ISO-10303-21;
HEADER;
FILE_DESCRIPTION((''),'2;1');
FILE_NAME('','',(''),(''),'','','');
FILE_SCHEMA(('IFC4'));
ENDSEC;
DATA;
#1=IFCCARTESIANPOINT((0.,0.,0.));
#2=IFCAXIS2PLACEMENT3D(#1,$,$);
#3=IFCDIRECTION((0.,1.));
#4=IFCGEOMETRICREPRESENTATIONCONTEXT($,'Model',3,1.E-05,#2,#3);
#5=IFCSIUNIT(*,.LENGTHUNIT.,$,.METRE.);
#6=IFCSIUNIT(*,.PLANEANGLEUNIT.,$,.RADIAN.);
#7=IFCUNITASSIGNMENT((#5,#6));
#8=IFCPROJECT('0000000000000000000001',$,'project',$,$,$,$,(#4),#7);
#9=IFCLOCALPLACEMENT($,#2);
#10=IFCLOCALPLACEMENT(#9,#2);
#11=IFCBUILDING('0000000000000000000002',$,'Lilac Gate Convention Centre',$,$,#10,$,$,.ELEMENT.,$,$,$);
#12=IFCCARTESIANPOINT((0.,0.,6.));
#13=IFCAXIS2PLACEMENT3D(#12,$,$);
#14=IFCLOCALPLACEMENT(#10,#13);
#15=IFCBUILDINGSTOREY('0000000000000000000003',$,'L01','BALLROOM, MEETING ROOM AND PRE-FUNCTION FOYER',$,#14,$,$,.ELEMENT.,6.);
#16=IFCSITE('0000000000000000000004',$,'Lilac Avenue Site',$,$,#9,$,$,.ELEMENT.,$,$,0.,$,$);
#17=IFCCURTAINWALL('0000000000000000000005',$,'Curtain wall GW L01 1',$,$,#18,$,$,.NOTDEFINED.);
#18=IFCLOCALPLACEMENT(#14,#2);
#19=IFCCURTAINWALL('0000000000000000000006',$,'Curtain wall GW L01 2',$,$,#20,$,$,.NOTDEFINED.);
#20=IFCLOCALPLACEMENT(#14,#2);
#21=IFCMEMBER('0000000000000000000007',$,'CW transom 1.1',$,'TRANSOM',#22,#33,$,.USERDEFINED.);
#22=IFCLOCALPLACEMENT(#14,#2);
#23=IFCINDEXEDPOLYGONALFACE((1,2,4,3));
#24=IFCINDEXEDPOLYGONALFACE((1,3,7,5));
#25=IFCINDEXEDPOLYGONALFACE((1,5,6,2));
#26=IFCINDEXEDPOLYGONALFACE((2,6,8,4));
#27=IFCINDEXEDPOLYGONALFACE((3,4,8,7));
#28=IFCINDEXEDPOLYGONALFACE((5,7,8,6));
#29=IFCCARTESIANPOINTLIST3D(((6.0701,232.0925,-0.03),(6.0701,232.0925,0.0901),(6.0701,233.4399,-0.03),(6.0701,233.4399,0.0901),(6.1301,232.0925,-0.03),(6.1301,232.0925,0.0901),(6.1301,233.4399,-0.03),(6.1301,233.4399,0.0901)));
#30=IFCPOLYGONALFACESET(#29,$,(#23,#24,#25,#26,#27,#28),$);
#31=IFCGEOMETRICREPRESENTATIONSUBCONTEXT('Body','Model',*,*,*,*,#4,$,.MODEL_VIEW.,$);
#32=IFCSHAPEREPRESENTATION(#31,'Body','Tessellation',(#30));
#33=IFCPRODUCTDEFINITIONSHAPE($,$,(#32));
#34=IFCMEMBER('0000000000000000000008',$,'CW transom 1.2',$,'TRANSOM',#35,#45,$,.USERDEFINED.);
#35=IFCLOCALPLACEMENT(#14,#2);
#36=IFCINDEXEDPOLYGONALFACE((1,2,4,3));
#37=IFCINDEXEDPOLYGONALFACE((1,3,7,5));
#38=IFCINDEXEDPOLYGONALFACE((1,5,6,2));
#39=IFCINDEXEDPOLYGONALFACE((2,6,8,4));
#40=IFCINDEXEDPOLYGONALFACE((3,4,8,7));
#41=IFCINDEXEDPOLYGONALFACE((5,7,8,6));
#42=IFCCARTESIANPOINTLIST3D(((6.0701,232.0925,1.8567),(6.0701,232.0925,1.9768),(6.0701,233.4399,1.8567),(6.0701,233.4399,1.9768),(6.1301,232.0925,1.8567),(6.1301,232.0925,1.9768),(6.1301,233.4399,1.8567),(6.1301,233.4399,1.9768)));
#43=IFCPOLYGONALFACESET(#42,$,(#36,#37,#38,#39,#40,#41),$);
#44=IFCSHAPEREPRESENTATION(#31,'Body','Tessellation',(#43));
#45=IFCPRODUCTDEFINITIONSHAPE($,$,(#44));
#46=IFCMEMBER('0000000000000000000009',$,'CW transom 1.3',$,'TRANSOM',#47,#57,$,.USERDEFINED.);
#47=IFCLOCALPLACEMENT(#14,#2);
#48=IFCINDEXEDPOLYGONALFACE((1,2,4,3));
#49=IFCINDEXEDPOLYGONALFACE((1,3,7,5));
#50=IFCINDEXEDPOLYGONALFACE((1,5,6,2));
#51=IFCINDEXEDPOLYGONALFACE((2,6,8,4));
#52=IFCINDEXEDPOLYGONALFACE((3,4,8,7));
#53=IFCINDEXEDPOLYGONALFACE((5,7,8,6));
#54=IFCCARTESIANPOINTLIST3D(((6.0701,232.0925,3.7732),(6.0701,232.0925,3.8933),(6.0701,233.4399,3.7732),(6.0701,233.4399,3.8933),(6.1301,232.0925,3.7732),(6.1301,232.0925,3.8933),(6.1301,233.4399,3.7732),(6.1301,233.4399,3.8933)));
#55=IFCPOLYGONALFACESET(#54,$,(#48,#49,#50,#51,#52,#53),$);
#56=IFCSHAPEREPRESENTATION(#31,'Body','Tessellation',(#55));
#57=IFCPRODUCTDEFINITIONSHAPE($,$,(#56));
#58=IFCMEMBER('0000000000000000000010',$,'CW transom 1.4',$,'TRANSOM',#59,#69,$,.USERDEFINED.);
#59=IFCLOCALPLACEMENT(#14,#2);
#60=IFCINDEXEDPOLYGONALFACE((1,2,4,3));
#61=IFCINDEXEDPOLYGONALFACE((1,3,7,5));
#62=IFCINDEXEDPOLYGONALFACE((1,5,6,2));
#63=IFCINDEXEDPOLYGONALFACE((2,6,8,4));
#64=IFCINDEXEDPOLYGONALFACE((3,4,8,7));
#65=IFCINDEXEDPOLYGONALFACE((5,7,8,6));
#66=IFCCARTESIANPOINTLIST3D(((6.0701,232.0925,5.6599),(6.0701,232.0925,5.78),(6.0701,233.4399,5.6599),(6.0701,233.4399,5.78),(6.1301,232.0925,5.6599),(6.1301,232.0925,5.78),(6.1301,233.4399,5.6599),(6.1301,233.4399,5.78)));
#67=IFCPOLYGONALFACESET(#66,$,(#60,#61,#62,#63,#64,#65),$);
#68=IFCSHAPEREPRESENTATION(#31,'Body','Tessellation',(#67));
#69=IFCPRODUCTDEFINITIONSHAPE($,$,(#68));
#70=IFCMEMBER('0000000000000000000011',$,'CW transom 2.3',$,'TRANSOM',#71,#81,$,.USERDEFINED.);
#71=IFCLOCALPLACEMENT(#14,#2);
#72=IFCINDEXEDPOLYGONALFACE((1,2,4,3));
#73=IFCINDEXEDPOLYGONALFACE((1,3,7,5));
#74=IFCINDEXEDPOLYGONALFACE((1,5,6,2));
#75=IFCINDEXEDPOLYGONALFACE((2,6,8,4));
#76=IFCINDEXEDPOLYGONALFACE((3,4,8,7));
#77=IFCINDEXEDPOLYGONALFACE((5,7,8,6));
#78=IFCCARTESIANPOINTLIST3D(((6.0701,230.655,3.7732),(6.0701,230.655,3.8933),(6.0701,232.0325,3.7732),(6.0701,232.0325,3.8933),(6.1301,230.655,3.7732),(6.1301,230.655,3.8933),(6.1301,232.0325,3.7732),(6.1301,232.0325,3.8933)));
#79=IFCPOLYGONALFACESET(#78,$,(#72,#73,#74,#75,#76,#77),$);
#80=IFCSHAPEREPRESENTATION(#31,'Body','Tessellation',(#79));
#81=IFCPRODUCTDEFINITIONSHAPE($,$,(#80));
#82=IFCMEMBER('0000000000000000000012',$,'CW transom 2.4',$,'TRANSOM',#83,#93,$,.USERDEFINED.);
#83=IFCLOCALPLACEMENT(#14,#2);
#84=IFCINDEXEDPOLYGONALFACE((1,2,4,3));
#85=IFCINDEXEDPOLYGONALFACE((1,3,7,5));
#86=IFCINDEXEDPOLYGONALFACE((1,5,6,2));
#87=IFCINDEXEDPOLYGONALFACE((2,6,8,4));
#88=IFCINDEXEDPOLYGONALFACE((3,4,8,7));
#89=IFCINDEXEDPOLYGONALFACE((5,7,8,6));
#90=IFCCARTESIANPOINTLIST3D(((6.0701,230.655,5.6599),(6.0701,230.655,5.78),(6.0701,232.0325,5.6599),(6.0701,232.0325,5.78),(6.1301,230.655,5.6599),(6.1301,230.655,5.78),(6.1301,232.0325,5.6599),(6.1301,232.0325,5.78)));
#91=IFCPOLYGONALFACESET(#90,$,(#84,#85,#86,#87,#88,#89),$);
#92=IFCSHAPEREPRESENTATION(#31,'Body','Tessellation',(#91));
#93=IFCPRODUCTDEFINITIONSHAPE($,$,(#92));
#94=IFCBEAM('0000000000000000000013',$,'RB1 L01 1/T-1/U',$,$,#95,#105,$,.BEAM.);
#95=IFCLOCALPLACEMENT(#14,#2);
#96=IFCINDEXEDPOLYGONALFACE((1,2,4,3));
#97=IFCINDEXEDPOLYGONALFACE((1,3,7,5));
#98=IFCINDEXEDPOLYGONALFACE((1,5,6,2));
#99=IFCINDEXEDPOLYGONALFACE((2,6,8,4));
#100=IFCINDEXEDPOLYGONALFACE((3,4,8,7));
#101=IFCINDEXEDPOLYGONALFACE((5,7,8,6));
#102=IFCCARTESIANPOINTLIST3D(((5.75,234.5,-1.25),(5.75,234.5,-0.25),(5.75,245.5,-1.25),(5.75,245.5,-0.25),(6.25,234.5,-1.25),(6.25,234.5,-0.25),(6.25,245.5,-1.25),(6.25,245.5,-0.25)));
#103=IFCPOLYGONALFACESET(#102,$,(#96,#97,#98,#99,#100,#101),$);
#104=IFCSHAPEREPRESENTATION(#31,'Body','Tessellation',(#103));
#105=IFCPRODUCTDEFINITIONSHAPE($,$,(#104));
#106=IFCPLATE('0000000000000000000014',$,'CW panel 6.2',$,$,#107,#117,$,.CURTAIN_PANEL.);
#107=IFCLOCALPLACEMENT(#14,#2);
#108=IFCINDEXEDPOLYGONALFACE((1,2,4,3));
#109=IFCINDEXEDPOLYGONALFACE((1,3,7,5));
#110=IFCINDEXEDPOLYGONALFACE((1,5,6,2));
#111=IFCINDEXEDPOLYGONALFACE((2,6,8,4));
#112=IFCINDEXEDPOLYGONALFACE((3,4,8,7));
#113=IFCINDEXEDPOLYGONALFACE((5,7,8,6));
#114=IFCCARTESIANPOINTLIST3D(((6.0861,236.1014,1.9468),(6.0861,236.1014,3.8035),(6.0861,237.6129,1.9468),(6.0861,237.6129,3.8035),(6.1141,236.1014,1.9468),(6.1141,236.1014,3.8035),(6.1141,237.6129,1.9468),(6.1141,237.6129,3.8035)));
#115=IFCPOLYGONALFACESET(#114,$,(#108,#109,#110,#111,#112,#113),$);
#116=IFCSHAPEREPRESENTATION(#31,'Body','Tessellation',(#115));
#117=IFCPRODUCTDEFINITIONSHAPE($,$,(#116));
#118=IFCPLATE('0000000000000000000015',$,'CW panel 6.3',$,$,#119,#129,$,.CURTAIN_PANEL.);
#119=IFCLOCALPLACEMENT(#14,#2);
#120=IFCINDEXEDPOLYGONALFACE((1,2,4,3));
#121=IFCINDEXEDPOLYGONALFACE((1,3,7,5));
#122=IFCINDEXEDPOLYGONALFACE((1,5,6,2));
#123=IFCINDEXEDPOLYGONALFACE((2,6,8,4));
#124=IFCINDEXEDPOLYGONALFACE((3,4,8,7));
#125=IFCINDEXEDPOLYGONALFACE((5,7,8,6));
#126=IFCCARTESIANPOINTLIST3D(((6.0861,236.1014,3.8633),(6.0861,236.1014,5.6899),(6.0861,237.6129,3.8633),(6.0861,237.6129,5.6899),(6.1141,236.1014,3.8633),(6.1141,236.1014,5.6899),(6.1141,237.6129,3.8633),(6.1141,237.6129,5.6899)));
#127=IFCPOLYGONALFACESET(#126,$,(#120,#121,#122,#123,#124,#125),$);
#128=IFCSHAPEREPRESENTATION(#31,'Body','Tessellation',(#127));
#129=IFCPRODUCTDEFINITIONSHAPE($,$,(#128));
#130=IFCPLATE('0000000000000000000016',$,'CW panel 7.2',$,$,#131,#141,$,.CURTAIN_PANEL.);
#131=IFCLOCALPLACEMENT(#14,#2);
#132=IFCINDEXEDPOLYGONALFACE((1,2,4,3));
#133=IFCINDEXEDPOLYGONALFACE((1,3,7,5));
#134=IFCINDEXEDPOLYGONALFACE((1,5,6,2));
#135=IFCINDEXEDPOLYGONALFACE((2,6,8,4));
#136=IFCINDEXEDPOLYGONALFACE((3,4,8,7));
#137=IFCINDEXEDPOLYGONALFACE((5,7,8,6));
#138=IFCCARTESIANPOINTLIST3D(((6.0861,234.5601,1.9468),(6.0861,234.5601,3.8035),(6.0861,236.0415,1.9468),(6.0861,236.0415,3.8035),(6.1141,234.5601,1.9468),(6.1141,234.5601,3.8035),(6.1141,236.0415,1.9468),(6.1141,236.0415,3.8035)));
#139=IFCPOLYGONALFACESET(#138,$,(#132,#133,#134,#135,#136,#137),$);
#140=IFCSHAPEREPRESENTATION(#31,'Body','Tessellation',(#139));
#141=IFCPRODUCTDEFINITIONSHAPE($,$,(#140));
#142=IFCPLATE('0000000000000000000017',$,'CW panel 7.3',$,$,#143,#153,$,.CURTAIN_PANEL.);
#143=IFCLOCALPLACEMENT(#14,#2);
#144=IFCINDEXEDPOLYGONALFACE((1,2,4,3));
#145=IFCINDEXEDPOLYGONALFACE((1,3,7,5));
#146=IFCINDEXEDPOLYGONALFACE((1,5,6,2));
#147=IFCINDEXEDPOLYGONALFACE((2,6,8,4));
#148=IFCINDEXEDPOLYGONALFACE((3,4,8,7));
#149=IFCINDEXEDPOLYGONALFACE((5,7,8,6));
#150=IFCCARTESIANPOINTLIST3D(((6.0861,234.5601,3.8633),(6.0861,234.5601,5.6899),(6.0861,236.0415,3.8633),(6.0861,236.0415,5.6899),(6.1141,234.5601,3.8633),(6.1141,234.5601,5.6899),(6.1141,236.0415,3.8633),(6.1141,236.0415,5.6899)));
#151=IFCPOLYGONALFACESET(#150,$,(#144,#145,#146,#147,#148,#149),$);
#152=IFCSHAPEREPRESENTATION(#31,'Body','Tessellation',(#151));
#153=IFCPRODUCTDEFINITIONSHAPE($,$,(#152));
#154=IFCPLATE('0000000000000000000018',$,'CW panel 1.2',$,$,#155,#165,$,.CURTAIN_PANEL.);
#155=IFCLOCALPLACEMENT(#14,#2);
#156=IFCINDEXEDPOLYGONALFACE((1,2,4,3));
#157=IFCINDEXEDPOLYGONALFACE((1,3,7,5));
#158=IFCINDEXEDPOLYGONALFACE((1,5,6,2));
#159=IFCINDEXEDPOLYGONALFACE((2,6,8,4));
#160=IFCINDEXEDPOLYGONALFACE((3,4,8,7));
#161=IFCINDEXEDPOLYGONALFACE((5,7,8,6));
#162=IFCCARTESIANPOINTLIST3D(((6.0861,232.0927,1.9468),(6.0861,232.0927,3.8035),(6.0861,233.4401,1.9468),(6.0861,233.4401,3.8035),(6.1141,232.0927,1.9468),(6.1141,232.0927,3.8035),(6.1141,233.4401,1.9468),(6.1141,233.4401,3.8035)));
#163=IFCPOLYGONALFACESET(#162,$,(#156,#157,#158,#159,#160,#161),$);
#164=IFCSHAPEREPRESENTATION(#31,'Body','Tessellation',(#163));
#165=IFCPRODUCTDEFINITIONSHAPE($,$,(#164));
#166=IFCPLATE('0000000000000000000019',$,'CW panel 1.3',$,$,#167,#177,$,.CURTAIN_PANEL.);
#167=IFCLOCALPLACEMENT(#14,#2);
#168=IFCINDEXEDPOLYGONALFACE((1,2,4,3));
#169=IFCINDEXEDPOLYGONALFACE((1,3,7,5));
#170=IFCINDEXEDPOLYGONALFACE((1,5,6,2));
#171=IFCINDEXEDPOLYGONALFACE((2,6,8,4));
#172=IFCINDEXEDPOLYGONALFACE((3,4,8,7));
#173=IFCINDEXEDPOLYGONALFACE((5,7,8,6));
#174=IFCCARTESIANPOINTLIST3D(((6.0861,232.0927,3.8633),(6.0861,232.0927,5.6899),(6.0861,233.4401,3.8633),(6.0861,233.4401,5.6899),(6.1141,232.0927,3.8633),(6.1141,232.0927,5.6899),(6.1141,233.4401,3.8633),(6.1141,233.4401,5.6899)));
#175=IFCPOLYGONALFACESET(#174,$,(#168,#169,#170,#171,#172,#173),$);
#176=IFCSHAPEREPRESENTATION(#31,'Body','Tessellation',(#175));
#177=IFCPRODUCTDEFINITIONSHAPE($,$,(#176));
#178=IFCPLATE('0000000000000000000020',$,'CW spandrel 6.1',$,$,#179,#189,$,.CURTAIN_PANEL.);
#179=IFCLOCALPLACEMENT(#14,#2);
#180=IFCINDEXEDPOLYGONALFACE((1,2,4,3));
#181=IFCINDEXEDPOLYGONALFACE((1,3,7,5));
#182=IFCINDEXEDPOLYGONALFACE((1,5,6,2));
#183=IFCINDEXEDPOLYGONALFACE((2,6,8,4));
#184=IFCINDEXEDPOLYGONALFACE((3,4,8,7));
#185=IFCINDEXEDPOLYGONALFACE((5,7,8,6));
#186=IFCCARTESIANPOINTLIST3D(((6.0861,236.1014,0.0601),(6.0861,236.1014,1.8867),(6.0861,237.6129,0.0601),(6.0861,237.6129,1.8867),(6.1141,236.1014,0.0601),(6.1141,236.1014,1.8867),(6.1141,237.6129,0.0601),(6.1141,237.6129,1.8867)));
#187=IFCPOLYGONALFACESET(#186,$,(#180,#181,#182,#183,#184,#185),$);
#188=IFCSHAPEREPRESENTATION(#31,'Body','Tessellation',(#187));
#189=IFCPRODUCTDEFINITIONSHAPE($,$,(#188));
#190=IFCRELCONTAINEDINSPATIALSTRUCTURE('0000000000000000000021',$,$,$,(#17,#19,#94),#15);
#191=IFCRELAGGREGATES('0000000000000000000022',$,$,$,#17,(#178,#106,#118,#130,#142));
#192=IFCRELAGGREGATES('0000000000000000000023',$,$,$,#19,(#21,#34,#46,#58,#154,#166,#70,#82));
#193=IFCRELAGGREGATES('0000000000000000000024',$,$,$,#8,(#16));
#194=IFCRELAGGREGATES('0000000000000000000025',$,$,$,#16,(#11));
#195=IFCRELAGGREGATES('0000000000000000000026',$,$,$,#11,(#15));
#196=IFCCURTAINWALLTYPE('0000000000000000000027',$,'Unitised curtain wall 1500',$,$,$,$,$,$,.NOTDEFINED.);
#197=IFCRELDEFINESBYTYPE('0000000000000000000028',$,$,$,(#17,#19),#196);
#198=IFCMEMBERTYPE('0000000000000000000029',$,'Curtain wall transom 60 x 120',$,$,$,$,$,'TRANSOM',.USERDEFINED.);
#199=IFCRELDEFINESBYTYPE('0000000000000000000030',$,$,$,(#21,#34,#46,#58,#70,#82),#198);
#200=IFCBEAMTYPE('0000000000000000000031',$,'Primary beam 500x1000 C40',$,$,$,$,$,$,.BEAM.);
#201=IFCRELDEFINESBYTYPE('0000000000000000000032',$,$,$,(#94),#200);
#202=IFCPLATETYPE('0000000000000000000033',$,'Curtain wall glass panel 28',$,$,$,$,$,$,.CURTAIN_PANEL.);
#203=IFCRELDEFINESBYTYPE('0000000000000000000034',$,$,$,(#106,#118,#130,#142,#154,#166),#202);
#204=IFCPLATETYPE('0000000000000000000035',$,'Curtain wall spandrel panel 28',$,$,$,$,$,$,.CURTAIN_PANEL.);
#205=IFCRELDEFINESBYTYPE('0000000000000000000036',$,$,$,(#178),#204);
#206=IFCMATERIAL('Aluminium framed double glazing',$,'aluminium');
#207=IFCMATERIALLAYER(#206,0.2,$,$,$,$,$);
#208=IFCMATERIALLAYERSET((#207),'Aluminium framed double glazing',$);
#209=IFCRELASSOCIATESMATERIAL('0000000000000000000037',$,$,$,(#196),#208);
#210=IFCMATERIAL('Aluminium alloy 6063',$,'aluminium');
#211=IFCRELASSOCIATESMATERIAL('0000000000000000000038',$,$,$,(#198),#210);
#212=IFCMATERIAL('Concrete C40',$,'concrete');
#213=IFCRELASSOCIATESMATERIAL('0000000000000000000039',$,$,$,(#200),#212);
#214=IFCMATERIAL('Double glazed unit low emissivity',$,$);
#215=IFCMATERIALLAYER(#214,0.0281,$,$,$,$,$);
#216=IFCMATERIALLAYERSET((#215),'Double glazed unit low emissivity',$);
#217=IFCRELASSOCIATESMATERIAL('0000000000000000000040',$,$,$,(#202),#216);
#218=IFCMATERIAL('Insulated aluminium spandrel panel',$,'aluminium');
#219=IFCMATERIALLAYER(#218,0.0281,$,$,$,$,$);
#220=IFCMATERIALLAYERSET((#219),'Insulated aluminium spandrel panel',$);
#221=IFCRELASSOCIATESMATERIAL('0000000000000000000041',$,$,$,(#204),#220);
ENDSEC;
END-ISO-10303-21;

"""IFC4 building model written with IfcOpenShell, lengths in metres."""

from ifc_helpers import new_model, si_unit, direction, frame, origin, origin_2d, place, context, subcontext, project, spatial, rectangle, extrude, material, layer, layer_set, material_profile, profile_set, type_object, element, aggregate, save


model = new_model("IFC4")

# Units and contexts
model_context = context("Model", 3, precision=1e-05, world=origin(), true_north=direction((0.0, 1.0)))
body_context = subcontext(model_context, "Body", "Model", "MODEL_VIEW")
ifc_project = project(units=[si_unit("LENGTHUNIT", "METRE"), si_unit("PLANEANGLEUNIT", "RADIAN")], contexts=[model_context])

# Site, building, storey
site_placement = place(None, origin())
site = spatial("IfcSite", under=ifc_project, at=site_placement, Name="Lilac Avenue Site", CompositionType="ELEMENT", RefElevation=0.0)
building_placement = place(site_placement, origin())
building = spatial("IfcBuilding", under=site, at=building_placement, Name="Lilac Gate Convention Centre", CompositionType="ELEMENT")
storey_placement = place(building_placement, frame((0.0, 0.0, 6.0)))
storey = spatial("IfcBuildingStorey", under=building, at=storey_placement, Name="L01", Description="BALLROOM, MEETING ROOM AND PRE-FUNCTION FOYER", CompositionType="ELEMENT", Elevation=6.0)

# Shared definitions
ifc_material_1 = material(Name="Concrete C40", Category="concrete")

# Curtain walls
ifc_material_2 = material(Name="Aluminium framed double glazing", Category="aluminium")
ifc_layer_1 = layer(ifc_material_2, 0.2)
ifc_layer_set_1 = layer_set([ifc_layer_1], Name="Aluminium framed double glazing")
curtain_wall_type = type_object("IfcCurtainWallType", Name="Unitised curtain wall 1500", PredefinedType="NOTDEFINED", material=ifc_layer_set_1)
curtain_wall_1_placement = place(storey_placement, origin())
curtain_wall_1 = element("IfcCurtainWall", 1, at=curtain_wall_1_placement, inside=storey, type_object=curtain_wall_type, Name="Curtain wall GW L01 1", PredefinedType="NOTDEFINED")
ifc_material_3 = material(Name="Aluminium alloy 6063", Category="aluminium")
curtain_wall_2_placement = place(storey_placement, origin())
curtain_wall_2 = element("IfcCurtainWall", 2, at=curtain_wall_2_placement, inside=storey, type_object=curtain_wall_type, Name="Curtain wall GW L01 2", PredefinedType="NOTDEFINED")

# Members
ifc_material_profile_1 = material_profile(ifc_material_3, rectangle(XDim=0.0601, YDim=0.1201, at=origin_2d()), Name="Curtain wall transom 60 x 120")
ifc_profile_set_1 = profile_set([ifc_material_profile_1], Name="Aluminium alloy 6063")
member_type_1 = type_object("IfcMemberType", Name="Curtain wall transom 60 x 120", ElementType="TRANSOM", PredefinedType="USERDEFINED", material=ifc_profile_set_1)
member_1_placement = place(storey_placement, frame((6.1001, 233.4399, 0.03), z_axis=(0.0, -1.0, 0.0), x_axis=(1.0, 0.0, 0.0)))
member_1 = element("IfcMember", 3, at=member_1_placement, type_object=member_type_1, Name="CW transom 1.1", ObjectType="TRANSOM", PredefinedType="USERDEFINED", context=body_context, shape_type="SweptSolid", body=[
    extrude(rectangle(XDim=0.0601, YDim=0.1201, at=origin_2d()), origin(), (0.0, 0.0, 1.0), 1.3474),
])
member_2_placement = place(storey_placement, frame((6.1001, 233.4399, 1.9167), z_axis=(0.0, -1.0, 0.0), x_axis=(1.0, 0.0, 0.0)))
member_2 = element("IfcMember", 4, at=member_2_placement, type_object=member_type_1, Name="CW transom 1.2", ObjectType="TRANSOM", PredefinedType="USERDEFINED", context=body_context, shape_type="SweptSolid", body=[
    extrude(rectangle(XDim=0.0601, YDim=0.1201, at=origin_2d()), origin(), (0.0, 0.0, 1.0), 1.3474),
])
member_3_placement = place(storey_placement, frame((6.1001, 233.4399, 3.8333), z_axis=(0.0, -1.0, 0.0), x_axis=(1.0, 0.0, 0.0)))
member_3 = element("IfcMember", 5, at=member_3_placement, type_object=member_type_1, Name="CW transom 1.3", ObjectType="TRANSOM", PredefinedType="USERDEFINED", context=body_context, shape_type="SweptSolid", body=[
    extrude(rectangle(XDim=0.0601, YDim=0.1201, at=origin_2d()), origin(), (0.0, 0.0, 1.0), 1.3474),
])
member_4_placement = place(storey_placement, frame((6.1001, 233.4399, 5.72), z_axis=(0.0, -1.0, 0.0), x_axis=(1.0, 0.0, 0.0)))
member_4 = element("IfcMember", 6, at=member_4_placement, type_object=member_type_1, Name="CW transom 1.4", ObjectType="TRANSOM", PredefinedType="USERDEFINED", context=body_context, shape_type="SweptSolid", body=[
    extrude(rectangle(XDim=0.0601, YDim=0.1201, at=origin_2d()), origin(), (0.0, 0.0, 1.0), 1.3474),
])
member_5_placement = place(storey_placement, frame((6.1001, 232.0325, 3.8333), z_axis=(0.0, -1.0, 0.0), x_axis=(1.0, 0.0, 0.0)))
member_5 = element("IfcMember", 7, at=member_5_placement, type_object=member_type_1, Name="CW transom 2.3", ObjectType="TRANSOM", PredefinedType="USERDEFINED", context=body_context, shape_type="SweptSolid", body=[
    extrude(rectangle(XDim=0.0601, YDim=0.1201, at=origin_2d()), origin(), (0.0, 0.0, 1.0), 1.3774),
])
member_6_placement = place(storey_placement, frame((6.1001, 232.0325, 5.72), z_axis=(0.0, -1.0, 0.0), x_axis=(1.0, 0.0, 0.0)))
member_6 = element("IfcMember", 8, at=member_6_placement, type_object=member_type_1, Name="CW transom 2.4", ObjectType="TRANSOM", PredefinedType="USERDEFINED", context=body_context, shape_type="SweptSolid", body=[
    extrude(rectangle(XDim=0.0601, YDim=0.1201, at=origin_2d()), origin(), (0.0, 0.0, 1.0), 1.3774),
])

# Beam
ifc_material_profile_2 = material_profile(ifc_material_1, rectangle(XDim=0.5, YDim=1.0, at=origin_2d()), Name="RC 500x1000")
ifc_profile_set_2 = profile_set([ifc_material_profile_2], Name="Concrete C40")
beam_type = type_object("IfcBeamType", Name="Primary beam 500x1000 C40", PredefinedType="BEAM", material=ifc_profile_set_2)
beam_placement = place(storey_placement, frame((6.0, 234.5, -0.75), z_axis=(0.0, 1.0, 0.0), x_axis=(-1.0, 0.0, 0.0)))
element("IfcBeam", 9, at=beam_placement, inside=storey, type_object=beam_type, Name="RB1 L01 1/T-1/U", PredefinedType="BEAM", context=body_context, shape_type="SweptSolid", body=[
    extrude(rectangle(XDim=0.5, YDim=1.0, at=origin_2d()), origin(), (0.0, 0.0, 1.0), 11.0),
])

# Plates
ifc_material_4 = material(Name="Double glazed unit low emissivity")
ifc_layer_2 = layer(ifc_material_4, 0.0281)
ifc_layer_set_2 = layer_set([ifc_layer_2], Name="Double glazed unit low emissivity")
plate_type_1 = type_object("IfcPlateType", Name="Curtain wall glass panel 28", PredefinedType="CURTAIN_PANEL", material=ifc_layer_set_2)
plate_1_placement = place(storey_placement, frame((6.1001, 236.8572, 1.9468), z_axis=(0.0, 0.0, 1.0), x_axis=(0.0, -1.0, 0.0)))
plate_1 = element("IfcPlate", 10, at=plate_1_placement, type_object=plate_type_1, Name="CW panel 6.2", PredefinedType="CURTAIN_PANEL", context=body_context, shape_type="SweptSolid", body=[
    extrude(rectangle(XDim=1.5115, YDim=0.0281, at=origin_2d()), origin(), (0.0, 0.0, 1.0), 1.8567),
])
plate_2_placement = place(storey_placement, frame((6.1001, 236.8572, 3.8633), z_axis=(0.0, 0.0, 1.0), x_axis=(0.0, -1.0, 0.0)))
plate_2 = element("IfcPlate", 11, at=plate_2_placement, type_object=plate_type_1, Name="CW panel 6.3", PredefinedType="CURTAIN_PANEL", context=body_context, shape_type="SweptSolid", body=[
    extrude(rectangle(XDim=1.5115, YDim=0.0281, at=origin_2d()), origin(), (0.0, 0.0, 1.0), 1.8267),
])
plate_3_placement = place(storey_placement, frame((6.1001, 235.3008, 1.9468), z_axis=(0.0, 0.0, 1.0), x_axis=(0.0, -1.0, 0.0)))
plate_3 = element("IfcPlate", 12, at=plate_3_placement, type_object=plate_type_1, Name="CW panel 7.2", PredefinedType="CURTAIN_PANEL", context=body_context, shape_type="SweptSolid", body=[
    extrude(rectangle(XDim=1.4814, YDim=0.0281, at=origin_2d()), origin(), (0.0, 0.0, 1.0), 1.8567),
])
plate_4_placement = place(storey_placement, frame((6.1001, 235.3008, 3.8633), z_axis=(0.0, 0.0, 1.0), x_axis=(0.0, -1.0, 0.0)))
plate_4 = element("IfcPlate", 13, at=plate_4_placement, type_object=plate_type_1, Name="CW panel 7.3", PredefinedType="CURTAIN_PANEL", context=body_context, shape_type="SweptSolid", body=[
    extrude(rectangle(XDim=1.4814, YDim=0.0281, at=origin_2d()), origin(), (0.0, 0.0, 1.0), 1.8267),
])
plate_5_placement = place(storey_placement, frame((6.1001, 232.7664, 1.9468), z_axis=(0.0, 0.0, 1.0), x_axis=(0.0, -1.0, 0.0)))
plate_5 = element("IfcPlate", 14, at=plate_5_placement, type_object=plate_type_1, Name="CW panel 1.2", PredefinedType="CURTAIN_PANEL", context=body_context, shape_type="SweptSolid", body=[
    extrude(rectangle(XDim=1.3474, YDim=0.0281, at=origin_2d()), origin(), (0.0, 0.0, 1.0), 1.8567),
])
plate_6_placement = place(storey_placement, frame((6.1001, 232.7664, 3.8633), z_axis=(0.0, 0.0, 1.0), x_axis=(0.0, -1.0, 0.0)))
plate_6 = element("IfcPlate", 15, at=plate_6_placement, type_object=plate_type_1, Name="CW panel 1.3", PredefinedType="CURTAIN_PANEL", context=body_context, shape_type="SweptSolid", body=[
    extrude(rectangle(XDim=1.3474, YDim=0.0281, at=origin_2d()), origin(), (0.0, 0.0, 1.0), 1.8267),
])
ifc_material_5 = material(Name="Insulated aluminium spandrel panel", Category="aluminium")
ifc_layer_3 = layer(ifc_material_5, 0.0281)
ifc_layer_set_3 = layer_set([ifc_layer_3], Name="Insulated aluminium spandrel panel")
plate_type_2 = type_object("IfcPlateType", Name="Curtain wall spandrel panel 28", PredefinedType="CURTAIN_PANEL", material=ifc_layer_set_3)
plate_7_placement = place(storey_placement, frame((6.1001, 236.8572, 0.0601), z_axis=(0.0, 0.0, 1.0), x_axis=(0.0, -1.0, 0.0)))
plate_7 = element("IfcPlate", 16, at=plate_7_placement, type_object=plate_type_2, Name="CW spandrel 6.1", PredefinedType="CURTAIN_PANEL", context=body_context, shape_type="SweptSolid", body=[
    extrude(rectangle(XDim=1.5115, YDim=0.0281, at=origin_2d()), origin(), (0.0, 0.0, 1.0), 1.8267),
])
aggregate(curtain_wall_1, [plate_7, plate_1, plate_2, plate_3, plate_4])
aggregate(curtain_wall_2, [member_1, member_2, member_3, member_4, plate_5, plate_6, member_5, member_6])

save(model, "model.ifc")
